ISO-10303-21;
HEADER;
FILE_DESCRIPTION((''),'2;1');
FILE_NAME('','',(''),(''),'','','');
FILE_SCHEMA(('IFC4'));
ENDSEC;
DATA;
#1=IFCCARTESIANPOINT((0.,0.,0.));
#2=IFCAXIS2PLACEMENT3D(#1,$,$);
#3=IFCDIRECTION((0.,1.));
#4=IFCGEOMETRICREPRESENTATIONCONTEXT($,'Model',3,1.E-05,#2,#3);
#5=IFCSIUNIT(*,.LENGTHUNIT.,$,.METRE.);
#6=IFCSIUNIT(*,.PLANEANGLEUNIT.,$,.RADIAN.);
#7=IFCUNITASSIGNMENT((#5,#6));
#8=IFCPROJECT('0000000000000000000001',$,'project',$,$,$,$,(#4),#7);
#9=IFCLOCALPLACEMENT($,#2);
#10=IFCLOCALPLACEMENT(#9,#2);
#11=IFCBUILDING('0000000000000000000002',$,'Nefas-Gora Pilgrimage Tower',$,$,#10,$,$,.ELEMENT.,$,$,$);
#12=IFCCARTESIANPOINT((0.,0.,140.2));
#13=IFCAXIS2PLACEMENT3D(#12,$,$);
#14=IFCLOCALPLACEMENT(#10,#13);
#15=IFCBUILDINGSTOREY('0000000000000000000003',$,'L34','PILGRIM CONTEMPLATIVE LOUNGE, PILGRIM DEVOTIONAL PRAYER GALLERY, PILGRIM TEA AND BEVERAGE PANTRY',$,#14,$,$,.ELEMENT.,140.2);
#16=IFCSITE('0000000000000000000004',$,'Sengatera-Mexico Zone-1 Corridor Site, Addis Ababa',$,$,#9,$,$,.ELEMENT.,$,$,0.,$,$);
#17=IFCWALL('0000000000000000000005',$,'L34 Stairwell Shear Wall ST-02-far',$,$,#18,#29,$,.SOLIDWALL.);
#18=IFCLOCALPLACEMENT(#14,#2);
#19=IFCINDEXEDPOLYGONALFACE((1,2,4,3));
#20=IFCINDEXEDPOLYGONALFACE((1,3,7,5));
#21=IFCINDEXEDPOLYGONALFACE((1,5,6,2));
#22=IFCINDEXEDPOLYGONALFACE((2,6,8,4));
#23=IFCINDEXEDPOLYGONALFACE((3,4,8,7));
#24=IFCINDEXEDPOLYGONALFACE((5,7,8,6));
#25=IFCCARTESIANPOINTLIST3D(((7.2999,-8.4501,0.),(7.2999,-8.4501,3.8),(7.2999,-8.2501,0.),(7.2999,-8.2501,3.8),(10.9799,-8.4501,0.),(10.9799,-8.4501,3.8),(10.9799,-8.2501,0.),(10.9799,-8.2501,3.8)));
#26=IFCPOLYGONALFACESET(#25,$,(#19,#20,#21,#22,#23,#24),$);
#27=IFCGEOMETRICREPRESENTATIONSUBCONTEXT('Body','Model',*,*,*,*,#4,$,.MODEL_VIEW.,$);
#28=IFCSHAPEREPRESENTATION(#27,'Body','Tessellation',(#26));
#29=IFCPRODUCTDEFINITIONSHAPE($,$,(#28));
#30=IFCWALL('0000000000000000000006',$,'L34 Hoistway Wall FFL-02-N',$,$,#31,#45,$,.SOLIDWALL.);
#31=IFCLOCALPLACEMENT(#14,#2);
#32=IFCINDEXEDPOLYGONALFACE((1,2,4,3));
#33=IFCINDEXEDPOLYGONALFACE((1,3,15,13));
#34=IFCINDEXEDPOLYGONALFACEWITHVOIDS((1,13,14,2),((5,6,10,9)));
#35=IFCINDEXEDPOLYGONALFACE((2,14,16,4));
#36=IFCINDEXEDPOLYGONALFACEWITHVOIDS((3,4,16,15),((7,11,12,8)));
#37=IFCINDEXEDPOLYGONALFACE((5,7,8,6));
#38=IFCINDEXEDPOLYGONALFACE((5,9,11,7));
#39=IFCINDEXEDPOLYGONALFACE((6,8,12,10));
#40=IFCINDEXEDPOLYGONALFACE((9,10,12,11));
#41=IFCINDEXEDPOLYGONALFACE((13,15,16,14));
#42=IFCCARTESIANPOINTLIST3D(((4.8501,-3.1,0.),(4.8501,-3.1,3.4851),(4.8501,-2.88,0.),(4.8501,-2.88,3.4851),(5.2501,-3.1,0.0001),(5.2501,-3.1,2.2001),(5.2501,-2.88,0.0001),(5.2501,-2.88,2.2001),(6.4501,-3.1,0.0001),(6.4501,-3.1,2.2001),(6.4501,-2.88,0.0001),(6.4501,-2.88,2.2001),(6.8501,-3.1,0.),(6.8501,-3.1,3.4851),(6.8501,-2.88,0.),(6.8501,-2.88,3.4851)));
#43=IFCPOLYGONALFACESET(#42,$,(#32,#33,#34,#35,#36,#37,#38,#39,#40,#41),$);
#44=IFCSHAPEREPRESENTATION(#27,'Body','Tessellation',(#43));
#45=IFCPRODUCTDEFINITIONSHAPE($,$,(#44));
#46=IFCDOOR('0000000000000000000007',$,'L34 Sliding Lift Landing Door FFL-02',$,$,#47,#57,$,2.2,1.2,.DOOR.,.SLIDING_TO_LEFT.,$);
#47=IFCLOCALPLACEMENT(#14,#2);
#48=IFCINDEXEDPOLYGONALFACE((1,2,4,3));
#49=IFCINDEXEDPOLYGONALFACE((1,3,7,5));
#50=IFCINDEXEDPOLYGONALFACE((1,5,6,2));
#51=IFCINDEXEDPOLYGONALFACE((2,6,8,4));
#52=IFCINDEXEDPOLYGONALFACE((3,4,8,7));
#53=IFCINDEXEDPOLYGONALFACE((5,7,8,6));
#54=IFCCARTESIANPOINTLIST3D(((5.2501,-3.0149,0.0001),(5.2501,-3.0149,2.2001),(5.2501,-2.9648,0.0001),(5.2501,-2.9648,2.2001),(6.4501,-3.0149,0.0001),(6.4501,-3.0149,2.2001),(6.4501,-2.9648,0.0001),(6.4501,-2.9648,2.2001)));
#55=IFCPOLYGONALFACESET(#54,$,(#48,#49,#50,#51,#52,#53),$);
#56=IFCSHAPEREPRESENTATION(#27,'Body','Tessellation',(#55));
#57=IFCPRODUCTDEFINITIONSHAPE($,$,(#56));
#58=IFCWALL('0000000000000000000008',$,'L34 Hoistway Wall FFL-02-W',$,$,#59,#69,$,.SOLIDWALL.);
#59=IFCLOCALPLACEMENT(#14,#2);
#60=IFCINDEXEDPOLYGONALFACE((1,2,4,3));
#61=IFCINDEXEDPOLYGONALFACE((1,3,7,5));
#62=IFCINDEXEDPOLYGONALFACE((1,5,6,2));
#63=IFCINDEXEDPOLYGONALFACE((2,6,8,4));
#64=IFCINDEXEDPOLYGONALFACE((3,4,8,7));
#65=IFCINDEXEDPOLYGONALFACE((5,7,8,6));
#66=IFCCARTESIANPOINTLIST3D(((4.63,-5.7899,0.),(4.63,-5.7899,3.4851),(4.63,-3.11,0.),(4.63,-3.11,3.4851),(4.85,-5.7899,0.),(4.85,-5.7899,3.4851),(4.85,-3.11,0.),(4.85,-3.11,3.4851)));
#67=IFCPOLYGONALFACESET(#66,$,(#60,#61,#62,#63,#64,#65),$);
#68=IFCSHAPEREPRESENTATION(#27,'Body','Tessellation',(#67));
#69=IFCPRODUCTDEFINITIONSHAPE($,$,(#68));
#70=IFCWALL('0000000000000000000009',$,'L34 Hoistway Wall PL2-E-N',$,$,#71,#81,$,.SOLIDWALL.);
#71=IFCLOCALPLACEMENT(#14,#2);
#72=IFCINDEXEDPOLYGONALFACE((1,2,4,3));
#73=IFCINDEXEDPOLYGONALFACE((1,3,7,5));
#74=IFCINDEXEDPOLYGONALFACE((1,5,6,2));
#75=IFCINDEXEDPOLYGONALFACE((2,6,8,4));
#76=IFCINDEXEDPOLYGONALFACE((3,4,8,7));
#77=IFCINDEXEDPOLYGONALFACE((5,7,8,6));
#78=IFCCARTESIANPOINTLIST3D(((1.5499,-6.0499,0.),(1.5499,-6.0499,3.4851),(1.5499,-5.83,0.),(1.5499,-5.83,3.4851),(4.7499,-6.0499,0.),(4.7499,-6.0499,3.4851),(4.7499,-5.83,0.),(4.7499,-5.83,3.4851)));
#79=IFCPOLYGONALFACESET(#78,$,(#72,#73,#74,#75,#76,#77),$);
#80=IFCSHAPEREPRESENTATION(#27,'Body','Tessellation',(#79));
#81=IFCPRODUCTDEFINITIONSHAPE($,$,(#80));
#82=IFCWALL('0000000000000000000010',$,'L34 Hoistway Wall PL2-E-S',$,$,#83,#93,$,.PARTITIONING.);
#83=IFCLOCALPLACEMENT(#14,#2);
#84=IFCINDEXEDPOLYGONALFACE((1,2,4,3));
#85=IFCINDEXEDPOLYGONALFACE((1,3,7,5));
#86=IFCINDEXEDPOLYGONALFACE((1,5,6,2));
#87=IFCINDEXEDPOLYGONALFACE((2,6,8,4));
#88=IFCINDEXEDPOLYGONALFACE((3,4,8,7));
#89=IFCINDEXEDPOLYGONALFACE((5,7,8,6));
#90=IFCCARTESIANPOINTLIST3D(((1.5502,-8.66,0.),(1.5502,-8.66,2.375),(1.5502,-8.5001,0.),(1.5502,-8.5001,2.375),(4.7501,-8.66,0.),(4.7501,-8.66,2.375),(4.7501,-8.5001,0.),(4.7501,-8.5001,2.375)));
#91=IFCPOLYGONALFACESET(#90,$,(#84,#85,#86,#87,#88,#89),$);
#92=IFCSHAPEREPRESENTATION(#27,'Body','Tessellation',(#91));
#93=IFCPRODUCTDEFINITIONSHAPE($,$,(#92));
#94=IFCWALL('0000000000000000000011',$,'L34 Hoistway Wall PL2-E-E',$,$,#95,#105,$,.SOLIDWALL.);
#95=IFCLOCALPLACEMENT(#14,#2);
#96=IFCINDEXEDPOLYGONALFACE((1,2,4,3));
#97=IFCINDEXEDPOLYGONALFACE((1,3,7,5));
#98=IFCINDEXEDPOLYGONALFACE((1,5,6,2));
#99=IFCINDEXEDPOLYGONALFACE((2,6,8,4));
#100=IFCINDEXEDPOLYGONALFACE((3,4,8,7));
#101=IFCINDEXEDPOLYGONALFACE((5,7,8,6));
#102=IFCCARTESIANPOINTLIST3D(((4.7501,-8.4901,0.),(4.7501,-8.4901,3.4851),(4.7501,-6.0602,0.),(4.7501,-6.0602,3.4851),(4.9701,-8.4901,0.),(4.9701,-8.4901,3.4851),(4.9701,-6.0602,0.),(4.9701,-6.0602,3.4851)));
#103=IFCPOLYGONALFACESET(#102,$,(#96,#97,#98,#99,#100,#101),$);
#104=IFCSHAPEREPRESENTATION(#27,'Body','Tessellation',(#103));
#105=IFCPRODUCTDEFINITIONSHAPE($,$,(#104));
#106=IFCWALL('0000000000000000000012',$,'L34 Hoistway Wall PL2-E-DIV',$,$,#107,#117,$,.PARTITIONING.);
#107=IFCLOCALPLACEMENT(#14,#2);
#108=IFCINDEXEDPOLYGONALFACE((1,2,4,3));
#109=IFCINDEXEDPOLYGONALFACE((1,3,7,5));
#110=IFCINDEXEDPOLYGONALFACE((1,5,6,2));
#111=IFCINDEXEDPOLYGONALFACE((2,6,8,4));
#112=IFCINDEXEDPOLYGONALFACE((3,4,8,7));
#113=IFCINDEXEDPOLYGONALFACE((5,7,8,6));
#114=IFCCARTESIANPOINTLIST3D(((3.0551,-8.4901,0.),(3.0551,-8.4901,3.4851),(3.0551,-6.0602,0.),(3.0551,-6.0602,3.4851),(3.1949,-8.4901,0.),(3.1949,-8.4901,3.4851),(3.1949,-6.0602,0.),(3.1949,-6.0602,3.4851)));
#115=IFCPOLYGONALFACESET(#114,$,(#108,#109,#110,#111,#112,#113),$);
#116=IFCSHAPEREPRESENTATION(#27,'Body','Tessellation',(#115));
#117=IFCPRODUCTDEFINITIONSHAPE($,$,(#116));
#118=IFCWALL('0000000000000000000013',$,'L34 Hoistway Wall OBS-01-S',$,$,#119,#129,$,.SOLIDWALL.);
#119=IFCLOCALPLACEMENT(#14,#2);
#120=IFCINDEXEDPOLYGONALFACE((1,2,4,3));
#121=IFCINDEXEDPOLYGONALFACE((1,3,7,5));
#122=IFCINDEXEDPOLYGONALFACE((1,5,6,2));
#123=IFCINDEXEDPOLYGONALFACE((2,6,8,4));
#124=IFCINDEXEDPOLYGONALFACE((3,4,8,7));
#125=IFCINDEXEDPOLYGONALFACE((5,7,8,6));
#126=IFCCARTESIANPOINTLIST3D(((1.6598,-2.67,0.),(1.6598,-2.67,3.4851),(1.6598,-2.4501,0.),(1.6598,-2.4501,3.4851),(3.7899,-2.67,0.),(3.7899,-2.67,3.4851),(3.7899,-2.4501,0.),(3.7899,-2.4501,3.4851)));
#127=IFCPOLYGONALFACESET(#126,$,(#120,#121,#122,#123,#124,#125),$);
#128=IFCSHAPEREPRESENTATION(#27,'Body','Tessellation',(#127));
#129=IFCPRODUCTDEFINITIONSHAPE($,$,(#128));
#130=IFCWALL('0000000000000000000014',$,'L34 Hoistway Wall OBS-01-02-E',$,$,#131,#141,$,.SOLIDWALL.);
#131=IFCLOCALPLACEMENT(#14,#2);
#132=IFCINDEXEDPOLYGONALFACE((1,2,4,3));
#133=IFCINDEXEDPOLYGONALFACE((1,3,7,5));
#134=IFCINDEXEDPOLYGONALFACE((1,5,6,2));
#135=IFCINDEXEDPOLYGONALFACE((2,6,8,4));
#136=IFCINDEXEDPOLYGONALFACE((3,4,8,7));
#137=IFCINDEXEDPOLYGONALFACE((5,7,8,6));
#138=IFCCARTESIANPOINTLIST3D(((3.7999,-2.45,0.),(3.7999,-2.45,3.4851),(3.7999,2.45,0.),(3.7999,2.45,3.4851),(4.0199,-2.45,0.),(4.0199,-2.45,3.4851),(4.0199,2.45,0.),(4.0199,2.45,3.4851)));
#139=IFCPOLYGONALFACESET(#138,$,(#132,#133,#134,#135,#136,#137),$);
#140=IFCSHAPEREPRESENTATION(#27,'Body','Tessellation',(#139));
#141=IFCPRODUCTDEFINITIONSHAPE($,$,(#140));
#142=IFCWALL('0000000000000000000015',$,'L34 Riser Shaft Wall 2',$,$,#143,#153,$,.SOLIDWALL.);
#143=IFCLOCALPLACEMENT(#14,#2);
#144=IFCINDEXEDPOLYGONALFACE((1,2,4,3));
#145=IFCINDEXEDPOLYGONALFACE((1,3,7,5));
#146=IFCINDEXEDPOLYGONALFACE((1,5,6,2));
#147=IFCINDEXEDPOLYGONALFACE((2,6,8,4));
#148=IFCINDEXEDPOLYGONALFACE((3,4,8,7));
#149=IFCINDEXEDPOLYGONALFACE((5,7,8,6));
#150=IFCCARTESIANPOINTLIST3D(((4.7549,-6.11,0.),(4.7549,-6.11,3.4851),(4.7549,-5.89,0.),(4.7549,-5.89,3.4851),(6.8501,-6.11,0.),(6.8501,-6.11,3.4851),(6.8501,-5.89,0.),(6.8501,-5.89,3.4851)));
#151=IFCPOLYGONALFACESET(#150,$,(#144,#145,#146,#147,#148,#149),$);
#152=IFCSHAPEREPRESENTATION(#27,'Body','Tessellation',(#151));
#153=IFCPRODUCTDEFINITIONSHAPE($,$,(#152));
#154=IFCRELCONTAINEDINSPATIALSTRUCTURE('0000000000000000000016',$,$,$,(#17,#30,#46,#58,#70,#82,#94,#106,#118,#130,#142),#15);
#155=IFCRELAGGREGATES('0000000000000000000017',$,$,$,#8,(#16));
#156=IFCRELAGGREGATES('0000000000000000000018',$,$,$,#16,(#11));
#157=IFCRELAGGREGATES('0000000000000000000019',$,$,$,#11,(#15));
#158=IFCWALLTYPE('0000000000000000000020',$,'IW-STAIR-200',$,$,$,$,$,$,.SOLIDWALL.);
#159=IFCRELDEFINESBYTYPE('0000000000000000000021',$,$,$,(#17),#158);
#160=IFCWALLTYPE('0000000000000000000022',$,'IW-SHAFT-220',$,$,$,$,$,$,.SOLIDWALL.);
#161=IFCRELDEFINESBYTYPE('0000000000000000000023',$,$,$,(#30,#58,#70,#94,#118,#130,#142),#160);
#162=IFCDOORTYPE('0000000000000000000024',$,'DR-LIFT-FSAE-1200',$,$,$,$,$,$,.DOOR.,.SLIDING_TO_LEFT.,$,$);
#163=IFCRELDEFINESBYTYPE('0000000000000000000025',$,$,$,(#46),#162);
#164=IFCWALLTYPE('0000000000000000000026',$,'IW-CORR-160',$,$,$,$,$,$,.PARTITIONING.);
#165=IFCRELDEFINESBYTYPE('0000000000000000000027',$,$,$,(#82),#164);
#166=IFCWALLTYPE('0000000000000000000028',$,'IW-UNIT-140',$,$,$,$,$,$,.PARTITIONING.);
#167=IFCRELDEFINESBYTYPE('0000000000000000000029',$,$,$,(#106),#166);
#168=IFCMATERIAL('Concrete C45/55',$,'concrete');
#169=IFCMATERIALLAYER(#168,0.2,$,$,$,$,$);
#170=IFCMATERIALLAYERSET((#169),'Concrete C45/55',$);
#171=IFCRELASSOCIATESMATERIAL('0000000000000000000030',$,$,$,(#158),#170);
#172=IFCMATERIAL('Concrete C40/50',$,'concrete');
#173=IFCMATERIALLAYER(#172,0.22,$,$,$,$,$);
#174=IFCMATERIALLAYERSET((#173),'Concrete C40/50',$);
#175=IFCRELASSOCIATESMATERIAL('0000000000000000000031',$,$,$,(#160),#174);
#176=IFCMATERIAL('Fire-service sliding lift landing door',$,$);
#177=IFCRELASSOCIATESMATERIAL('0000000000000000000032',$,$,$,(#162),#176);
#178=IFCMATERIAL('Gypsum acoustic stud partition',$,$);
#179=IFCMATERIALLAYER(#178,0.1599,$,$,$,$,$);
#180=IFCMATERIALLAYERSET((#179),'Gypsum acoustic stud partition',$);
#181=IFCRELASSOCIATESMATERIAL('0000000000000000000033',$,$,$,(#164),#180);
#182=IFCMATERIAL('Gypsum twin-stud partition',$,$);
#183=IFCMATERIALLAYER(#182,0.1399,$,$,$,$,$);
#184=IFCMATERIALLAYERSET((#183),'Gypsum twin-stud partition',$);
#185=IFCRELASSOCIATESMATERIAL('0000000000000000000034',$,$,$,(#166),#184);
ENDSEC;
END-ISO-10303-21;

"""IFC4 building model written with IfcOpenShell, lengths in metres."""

from ifc_helpers import new_model, si_unit, direction, frame, frame_2d, origin, place, context, subcontext, project, spatial, rectangle, extrude, source, transform, mapped, material, layer, layer_set, type_object, element, fill, save


model = new_model("IFC4")

# Units and contexts
model_context = context("Model", 3, precision=1e-05, world=origin(), true_north=direction((0.0, 1.0)))
body_context = subcontext(model_context, "Body", "Model", "MODEL_VIEW")
ifc_project = project(units=[si_unit("LENGTHUNIT", "METRE"), si_unit("PLANEANGLEUNIT", "RADIAN")], contexts=[model_context])

# Site, building, storey
site_placement = place(None, origin())
site = spatial("IfcSite", under=ifc_project, at=site_placement, Name="Sengatera-Mexico Zone-1 Corridor Site, Addis Ababa", CompositionType="ELEMENT", RefElevation=0.0)
building_placement = place(site_placement, origin())
building = spatial("IfcBuilding", under=site, at=building_placement, Name="Nefas-Gora Pilgrimage Tower", CompositionType="ELEMENT")
storey_placement = place(building_placement, frame((0.0, 0.0, 140.2)))
storey = spatial("IfcBuildingStorey", under=building, at=storey_placement, Name="L34", Description="PILGRIM CONTEMPLATIVE LOUNGE, PILGRIM DEVOTIONAL PRAYER GALLERY, PILGRIM TEA AND BEVERAGE PANTRY", CompositionType="ELEMENT", Elevation=140.2)

# Wall
ifc_material_1 = material(Name="Concrete C45/55", Category="concrete")
ifc_layer_1 = layer(ifc_material_1, 0.2)
ifc_layer_set_1 = layer_set([ifc_layer_1], Name="Concrete C45/55")
wall_type_1 = type_object("IfcWallType", Name="IW-STAIR-200", PredefinedType="SOLIDWALL", material=ifc_layer_set_1)
shared_shape_1 = source(origin(), body_context, "Body", "SweptSolid", [
    extrude(rectangle(XDim=3.6799, YDim=0.2, at=frame_2d((1.8398, 0.0))), origin(), (0.0, 0.0, 1.0), 3.8),
])
wall_1_placement = place(storey_placement, frame((7.3, -8.3501, 0.0), z_axis=(0.0, 0.0, 1.0), x_axis=(1.0, 0.0, 0.0)))
element("IfcWall", 1, at=wall_1_placement, inside=storey, type_object=wall_type_1, Name="L34 Stairwell Shear Wall ST-02-far", PredefinedType="SOLIDWALL", context=body_context, shape_type="MappedRepresentation", body=[
    mapped(shared_shape_1, transform((0.0, 0.0, 0.0), x_axis=(1.0, 0.0, 0.0), y_axis=(0.0, 1.0, 0.0), z_axis=(0.0, 0.0, 1.0), scale=1.0)),
])

# Wall, opening, door
ifc_material_2 = material(Name="Concrete C40/50", Category="concrete")
ifc_layer_2 = layer(ifc_material_2, 0.22)
ifc_layer_set_2 = layer_set([ifc_layer_2], Name="Concrete C40/50")
wall_type_2 = type_object("IfcWallType", Name="IW-SHAFT-220", PredefinedType="SOLIDWALL", material=ifc_layer_set_2)
shared_shape_2 = source(origin(), body_context, "Body", "SweptSolid", [
    extrude(rectangle(XDim=2.0, YDim=0.22, at=frame_2d((1.0, 0.0))), origin(), (0.0, 0.0, 1.0), 3.4851),
])
wall_2_placement = place(storey_placement, frame((6.8501, -2.99, 0.0), z_axis=(0.0, 0.0, 1.0), x_axis=(-1.0, 0.0, 0.0)))
wall_2 = element("IfcWall", 2, at=wall_2_placement, inside=storey, type_object=wall_type_2, Name="L34 Hoistway Wall FFL-02-N", PredefinedType="SOLIDWALL", context=body_context, shape_type="MappedRepresentation", body=[
    mapped(shared_shape_2, transform((0.0, 0.0, 0.0), x_axis=(1.0, 0.0, 0.0), y_axis=(0.0, 1.0, 0.0), z_axis=(0.0, 0.0, 1.0), scale=1.0)),
])
opening_1_placement = place(wall_2_placement, frame((0.3999, 0.0, 0.0)))
opening_1 = element("IfcOpeningElement", 3, at=opening_1_placement, cuts=wall_2, PredefinedType="OPENING", context=body_context, shape_type="SweptSolid", body=[
    extrude(rectangle(XDim=1.2, YDim=2.2, at=frame_2d((0.6001, 1.1001))), frame((0.0, 0.1199, 0.0), z_axis=(0.0, -1.0, 0.0), x_axis=(1.0, 0.0, 0.0)), (0.0, 0.0, 1.0), 0.24),
])
ifc_material_3 = material(Name="Fire-service sliding lift landing door")
door_type_1 = type_object("IfcDoorType", Name="DR-LIFT-FSAE-1200", OperationType="SLIDING_TO_LEFT", PredefinedType="DOOR", material=ifc_material_3)
shared_shape_3 = source(origin(), body_context, "Body", "SweptSolid", [
    extrude(rectangle(XDim=1.2, YDim=2.2, at=frame_2d((0.6001, 1.1001))), frame((0.0, 0.0249, 0.0), z_axis=(0.0, -1.0, 0.0), x_axis=(1.0, 0.0, 0.0)), (0.0, 0.0, 1.0), 0.05),
])
door_1_placement = place(opening_1_placement, origin())
door_1 = element("IfcDoor", 4, at=door_1_placement, inside=storey, type_object=door_type_1, Name="L34 Sliding Lift Landing Door FFL-02", OperationType="SLIDING_TO_LEFT", OverallHeight=2.2, OverallWidth=1.2, PredefinedType="DOOR", context=body_context, shape_type="MappedRepresentation", body=[
    mapped(shared_shape_3, transform((0.0, 0.0, 0.0), x_axis=(1.0, 0.0, 0.0), y_axis=(0.0, 1.0, 0.0), z_axis=(0.0, 0.0, 1.0), scale=1.0)),
])
fill(opening_1, door_1)

# Walls
shared_shape_4 = source(origin(), body_context, "Body", "SweptSolid", [
    extrude(rectangle(XDim=2.6799, YDim=0.22, at=frame_2d((1.3398, 0.0))), origin(), (0.0, 0.0, 1.0), 3.4851),
])
wall_3_placement = place(storey_placement, frame((4.74, -3.1101, 0.0), z_axis=(0.0, 0.0, 1.0), x_axis=(0.0, -1.0, 0.0)))
element("IfcWall", 5, at=wall_3_placement, inside=storey, type_object=wall_type_2, Name="L34 Hoistway Wall FFL-02-W", PredefinedType="SOLIDWALL", context=body_context, shape_type="MappedRepresentation", body=[
    mapped(shared_shape_4, transform((0.0, 0.0, 0.0), x_axis=(1.0, 0.0, 0.0), y_axis=(0.0, 1.0, 0.0), z_axis=(0.0, 0.0, 1.0), scale=1.0)),
])
shared_shape_5 = source(origin(), body_context, "Body", "SweptSolid", [
    extrude(rectangle(XDim=3.2, YDim=0.22, at=frame_2d((1.6001, 0.0))), origin(), (0.0, 0.0, 1.0), 3.4851),
])
wall_4_placement = place(storey_placement, frame((4.75, -5.9399, 0.0), z_axis=(0.0, 0.0, 1.0), x_axis=(-1.0, 0.0, 0.0)))
element("IfcWall", 6, at=wall_4_placement, inside=storey, type_object=wall_type_2, Name="L34 Hoistway Wall PL2-E-N", PredefinedType="SOLIDWALL", context=body_context, shape_type="MappedRepresentation", body=[
    mapped(shared_shape_5, transform((0.0, 0.0, 0.0), x_axis=(1.0, 0.0, 0.0), y_axis=(0.0, 1.0, 0.0), z_axis=(0.0, 0.0, 1.0), scale=1.0)),
])
ifc_material_4 = material(Name="Gypsum acoustic stud partition")
ifc_layer_3 = layer(ifc_material_4, 0.1599)
ifc_layer_set_3 = layer_set([ifc_layer_3], Name="Gypsum acoustic stud partition")
wall_type_3 = type_object("IfcWallType", Name="IW-CORR-160", PredefinedType="PARTITIONING", material=ifc_layer_set_3)
shared_shape_6 = source(origin(), body_context, "Body", "SweptSolid", [
    extrude(rectangle(XDim=3.2, YDim=0.1599, at=frame_2d((1.6001, 0.0))), origin(), (0.0, 0.0, 1.0), 2.375),
])
wall_5_placement = place(storey_placement, frame((1.55, -8.5801, 0.0), z_axis=(0.0, 0.0, 1.0), x_axis=(1.0, 0.0, 0.0)))
element("IfcWall", 7, at=wall_5_placement, inside=storey, type_object=wall_type_3, Name="L34 Hoistway Wall PL2-E-S", PredefinedType="PARTITIONING", context=body_context, shape_type="MappedRepresentation", body=[
    mapped(shared_shape_6, transform((0.0, 0.0, 0.0), x_axis=(1.0, 0.0, 0.0), y_axis=(0.0, 1.0, 0.0), z_axis=(0.0, 0.0, 1.0), scale=1.0)),
])
shared_shape_7 = source(origin(), body_context, "Body", "SweptSolid", [
    extrude(rectangle(XDim=2.4299, YDim=0.22, at=frame_2d((1.2148, 0.0))), origin(), (0.0, 0.0, 1.0), 3.4851),
])
wall_6_placement = place(storey_placement, frame((4.8601, -8.49, 0.0), z_axis=(0.0, 0.0, 1.0), x_axis=(0.0, 1.0, 0.0)))
element("IfcWall", 8, at=wall_6_placement, inside=storey, type_object=wall_type_2, Name="L34 Hoistway Wall PL2-E-E", PredefinedType="SOLIDWALL", context=body_context, shape_type="MappedRepresentation", body=[
    mapped(shared_shape_7, transform((0.0, 0.0, 0.0), x_axis=(1.0, 0.0, 0.0), y_axis=(0.0, 1.0, 0.0), z_axis=(0.0, 0.0, 1.0), scale=1.0)),
])
ifc_material_5 = material(Name="Gypsum twin-stud partition")
ifc_layer_4 = layer(ifc_material_5, 0.1399)
ifc_layer_set_4 = layer_set([ifc_layer_4], Name="Gypsum twin-stud partition")
wall_type_4 = type_object("IfcWallType", Name="IW-UNIT-140", PredefinedType="PARTITIONING", material=ifc_layer_set_4)
shared_shape_8 = source(origin(), body_context, "Body", "SweptSolid", [
    extrude(rectangle(XDim=2.4299, YDim=0.1399, at=frame_2d((1.2148, 0.0))), origin(), (0.0, 0.0, 1.0), 3.4851),
])
wall_7_placement = place(storey_placement, frame((3.125, -8.49, 0.0), z_axis=(0.0, 0.0, 1.0), x_axis=(0.0, 1.0, 0.0)))
element("IfcWall", 9, at=wall_7_placement, inside=storey, type_object=wall_type_4, Name="L34 Hoistway Wall PL2-E-DIV", PredefinedType="PARTITIONING", context=body_context, shape_type="MappedRepresentation", body=[
    mapped(shared_shape_8, transform((0.0, 0.0, 0.0), x_axis=(1.0, 0.0, 0.0), y_axis=(0.0, 1.0, 0.0), z_axis=(0.0, 0.0, 1.0), scale=1.0)),
])
shared_shape_9 = source(origin(), body_context, "Body", "SweptSolid", [
    extrude(rectangle(XDim=2.1301, YDim=0.22, at=frame_2d((1.0649, 0.0))), origin(), (0.0, 0.0, 1.0), 3.4851),
])
wall_8_placement = place(storey_placement, frame((1.6599, -2.5601, 0.0), z_axis=(0.0, 0.0, 1.0), x_axis=(1.0, 0.0, 0.0)))
element("IfcWall", 10, at=wall_8_placement, inside=storey, type_object=wall_type_2, Name="L34 Hoistway Wall OBS-01-S", PredefinedType="SOLIDWALL", context=body_context, shape_type="MappedRepresentation", body=[
    mapped(shared_shape_9, transform((0.0, 0.0, 0.0), x_axis=(1.0, 0.0, 0.0), y_axis=(0.0, 1.0, 0.0), z_axis=(0.0, 0.0, 1.0), scale=1.0)),
])
shared_shape_10 = source(origin(), body_context, "Body", "SweptSolid", [
    extrude(rectangle(XDim=4.8999, YDim=0.22, at=frame_2d((2.45, 0.0))), origin(), (0.0, 0.0, 1.0), 3.4851),
])
wall_9_placement = place(storey_placement, frame((3.9099, -2.45, 0.0), z_axis=(0.0, 0.0, 1.0), x_axis=(0.0, 1.0, 0.0)))
element("IfcWall", 11, at=wall_9_placement, inside=storey, type_object=wall_type_2, Name="L34 Hoistway Wall OBS-01-02-E", PredefinedType="SOLIDWALL", context=body_context, shape_type="MappedRepresentation", body=[
    mapped(shared_shape_10, transform((0.0, 0.0, 0.0), x_axis=(1.0, 0.0, 0.0), y_axis=(0.0, 1.0, 0.0), z_axis=(0.0, 0.0, 1.0), scale=1.0)),
])
shared_shape_11 = source(origin(), body_context, "Body", "SweptSolid", [
    extrude(rectangle(XDim=2.0952, YDim=0.22, at=frame_2d((1.0476, 0.0))), origin(), (0.0, 0.0, 1.0), 3.4851),
])
wall_10_placement = place(storey_placement, frame((4.7549, -6.0, 0.0), z_axis=(0.0, 0.0, 1.0), x_axis=(1.0, 0.0, 0.0)))
element("IfcWall", 12, at=wall_10_placement, inside=storey, type_object=wall_type_2, Name="L34 Riser Shaft Wall 2", PredefinedType="SOLIDWALL", context=body_context, shape_type="MappedRepresentation", body=[
    mapped(shared_shape_11, transform((0.0, 0.0, 0.0), x_axis=(1.0, 0.0, 0.0), y_axis=(0.0, 1.0, 0.0), z_axis=(0.0, 0.0, 1.0), scale=1.0)),
])

save(model, "model.ifc")
